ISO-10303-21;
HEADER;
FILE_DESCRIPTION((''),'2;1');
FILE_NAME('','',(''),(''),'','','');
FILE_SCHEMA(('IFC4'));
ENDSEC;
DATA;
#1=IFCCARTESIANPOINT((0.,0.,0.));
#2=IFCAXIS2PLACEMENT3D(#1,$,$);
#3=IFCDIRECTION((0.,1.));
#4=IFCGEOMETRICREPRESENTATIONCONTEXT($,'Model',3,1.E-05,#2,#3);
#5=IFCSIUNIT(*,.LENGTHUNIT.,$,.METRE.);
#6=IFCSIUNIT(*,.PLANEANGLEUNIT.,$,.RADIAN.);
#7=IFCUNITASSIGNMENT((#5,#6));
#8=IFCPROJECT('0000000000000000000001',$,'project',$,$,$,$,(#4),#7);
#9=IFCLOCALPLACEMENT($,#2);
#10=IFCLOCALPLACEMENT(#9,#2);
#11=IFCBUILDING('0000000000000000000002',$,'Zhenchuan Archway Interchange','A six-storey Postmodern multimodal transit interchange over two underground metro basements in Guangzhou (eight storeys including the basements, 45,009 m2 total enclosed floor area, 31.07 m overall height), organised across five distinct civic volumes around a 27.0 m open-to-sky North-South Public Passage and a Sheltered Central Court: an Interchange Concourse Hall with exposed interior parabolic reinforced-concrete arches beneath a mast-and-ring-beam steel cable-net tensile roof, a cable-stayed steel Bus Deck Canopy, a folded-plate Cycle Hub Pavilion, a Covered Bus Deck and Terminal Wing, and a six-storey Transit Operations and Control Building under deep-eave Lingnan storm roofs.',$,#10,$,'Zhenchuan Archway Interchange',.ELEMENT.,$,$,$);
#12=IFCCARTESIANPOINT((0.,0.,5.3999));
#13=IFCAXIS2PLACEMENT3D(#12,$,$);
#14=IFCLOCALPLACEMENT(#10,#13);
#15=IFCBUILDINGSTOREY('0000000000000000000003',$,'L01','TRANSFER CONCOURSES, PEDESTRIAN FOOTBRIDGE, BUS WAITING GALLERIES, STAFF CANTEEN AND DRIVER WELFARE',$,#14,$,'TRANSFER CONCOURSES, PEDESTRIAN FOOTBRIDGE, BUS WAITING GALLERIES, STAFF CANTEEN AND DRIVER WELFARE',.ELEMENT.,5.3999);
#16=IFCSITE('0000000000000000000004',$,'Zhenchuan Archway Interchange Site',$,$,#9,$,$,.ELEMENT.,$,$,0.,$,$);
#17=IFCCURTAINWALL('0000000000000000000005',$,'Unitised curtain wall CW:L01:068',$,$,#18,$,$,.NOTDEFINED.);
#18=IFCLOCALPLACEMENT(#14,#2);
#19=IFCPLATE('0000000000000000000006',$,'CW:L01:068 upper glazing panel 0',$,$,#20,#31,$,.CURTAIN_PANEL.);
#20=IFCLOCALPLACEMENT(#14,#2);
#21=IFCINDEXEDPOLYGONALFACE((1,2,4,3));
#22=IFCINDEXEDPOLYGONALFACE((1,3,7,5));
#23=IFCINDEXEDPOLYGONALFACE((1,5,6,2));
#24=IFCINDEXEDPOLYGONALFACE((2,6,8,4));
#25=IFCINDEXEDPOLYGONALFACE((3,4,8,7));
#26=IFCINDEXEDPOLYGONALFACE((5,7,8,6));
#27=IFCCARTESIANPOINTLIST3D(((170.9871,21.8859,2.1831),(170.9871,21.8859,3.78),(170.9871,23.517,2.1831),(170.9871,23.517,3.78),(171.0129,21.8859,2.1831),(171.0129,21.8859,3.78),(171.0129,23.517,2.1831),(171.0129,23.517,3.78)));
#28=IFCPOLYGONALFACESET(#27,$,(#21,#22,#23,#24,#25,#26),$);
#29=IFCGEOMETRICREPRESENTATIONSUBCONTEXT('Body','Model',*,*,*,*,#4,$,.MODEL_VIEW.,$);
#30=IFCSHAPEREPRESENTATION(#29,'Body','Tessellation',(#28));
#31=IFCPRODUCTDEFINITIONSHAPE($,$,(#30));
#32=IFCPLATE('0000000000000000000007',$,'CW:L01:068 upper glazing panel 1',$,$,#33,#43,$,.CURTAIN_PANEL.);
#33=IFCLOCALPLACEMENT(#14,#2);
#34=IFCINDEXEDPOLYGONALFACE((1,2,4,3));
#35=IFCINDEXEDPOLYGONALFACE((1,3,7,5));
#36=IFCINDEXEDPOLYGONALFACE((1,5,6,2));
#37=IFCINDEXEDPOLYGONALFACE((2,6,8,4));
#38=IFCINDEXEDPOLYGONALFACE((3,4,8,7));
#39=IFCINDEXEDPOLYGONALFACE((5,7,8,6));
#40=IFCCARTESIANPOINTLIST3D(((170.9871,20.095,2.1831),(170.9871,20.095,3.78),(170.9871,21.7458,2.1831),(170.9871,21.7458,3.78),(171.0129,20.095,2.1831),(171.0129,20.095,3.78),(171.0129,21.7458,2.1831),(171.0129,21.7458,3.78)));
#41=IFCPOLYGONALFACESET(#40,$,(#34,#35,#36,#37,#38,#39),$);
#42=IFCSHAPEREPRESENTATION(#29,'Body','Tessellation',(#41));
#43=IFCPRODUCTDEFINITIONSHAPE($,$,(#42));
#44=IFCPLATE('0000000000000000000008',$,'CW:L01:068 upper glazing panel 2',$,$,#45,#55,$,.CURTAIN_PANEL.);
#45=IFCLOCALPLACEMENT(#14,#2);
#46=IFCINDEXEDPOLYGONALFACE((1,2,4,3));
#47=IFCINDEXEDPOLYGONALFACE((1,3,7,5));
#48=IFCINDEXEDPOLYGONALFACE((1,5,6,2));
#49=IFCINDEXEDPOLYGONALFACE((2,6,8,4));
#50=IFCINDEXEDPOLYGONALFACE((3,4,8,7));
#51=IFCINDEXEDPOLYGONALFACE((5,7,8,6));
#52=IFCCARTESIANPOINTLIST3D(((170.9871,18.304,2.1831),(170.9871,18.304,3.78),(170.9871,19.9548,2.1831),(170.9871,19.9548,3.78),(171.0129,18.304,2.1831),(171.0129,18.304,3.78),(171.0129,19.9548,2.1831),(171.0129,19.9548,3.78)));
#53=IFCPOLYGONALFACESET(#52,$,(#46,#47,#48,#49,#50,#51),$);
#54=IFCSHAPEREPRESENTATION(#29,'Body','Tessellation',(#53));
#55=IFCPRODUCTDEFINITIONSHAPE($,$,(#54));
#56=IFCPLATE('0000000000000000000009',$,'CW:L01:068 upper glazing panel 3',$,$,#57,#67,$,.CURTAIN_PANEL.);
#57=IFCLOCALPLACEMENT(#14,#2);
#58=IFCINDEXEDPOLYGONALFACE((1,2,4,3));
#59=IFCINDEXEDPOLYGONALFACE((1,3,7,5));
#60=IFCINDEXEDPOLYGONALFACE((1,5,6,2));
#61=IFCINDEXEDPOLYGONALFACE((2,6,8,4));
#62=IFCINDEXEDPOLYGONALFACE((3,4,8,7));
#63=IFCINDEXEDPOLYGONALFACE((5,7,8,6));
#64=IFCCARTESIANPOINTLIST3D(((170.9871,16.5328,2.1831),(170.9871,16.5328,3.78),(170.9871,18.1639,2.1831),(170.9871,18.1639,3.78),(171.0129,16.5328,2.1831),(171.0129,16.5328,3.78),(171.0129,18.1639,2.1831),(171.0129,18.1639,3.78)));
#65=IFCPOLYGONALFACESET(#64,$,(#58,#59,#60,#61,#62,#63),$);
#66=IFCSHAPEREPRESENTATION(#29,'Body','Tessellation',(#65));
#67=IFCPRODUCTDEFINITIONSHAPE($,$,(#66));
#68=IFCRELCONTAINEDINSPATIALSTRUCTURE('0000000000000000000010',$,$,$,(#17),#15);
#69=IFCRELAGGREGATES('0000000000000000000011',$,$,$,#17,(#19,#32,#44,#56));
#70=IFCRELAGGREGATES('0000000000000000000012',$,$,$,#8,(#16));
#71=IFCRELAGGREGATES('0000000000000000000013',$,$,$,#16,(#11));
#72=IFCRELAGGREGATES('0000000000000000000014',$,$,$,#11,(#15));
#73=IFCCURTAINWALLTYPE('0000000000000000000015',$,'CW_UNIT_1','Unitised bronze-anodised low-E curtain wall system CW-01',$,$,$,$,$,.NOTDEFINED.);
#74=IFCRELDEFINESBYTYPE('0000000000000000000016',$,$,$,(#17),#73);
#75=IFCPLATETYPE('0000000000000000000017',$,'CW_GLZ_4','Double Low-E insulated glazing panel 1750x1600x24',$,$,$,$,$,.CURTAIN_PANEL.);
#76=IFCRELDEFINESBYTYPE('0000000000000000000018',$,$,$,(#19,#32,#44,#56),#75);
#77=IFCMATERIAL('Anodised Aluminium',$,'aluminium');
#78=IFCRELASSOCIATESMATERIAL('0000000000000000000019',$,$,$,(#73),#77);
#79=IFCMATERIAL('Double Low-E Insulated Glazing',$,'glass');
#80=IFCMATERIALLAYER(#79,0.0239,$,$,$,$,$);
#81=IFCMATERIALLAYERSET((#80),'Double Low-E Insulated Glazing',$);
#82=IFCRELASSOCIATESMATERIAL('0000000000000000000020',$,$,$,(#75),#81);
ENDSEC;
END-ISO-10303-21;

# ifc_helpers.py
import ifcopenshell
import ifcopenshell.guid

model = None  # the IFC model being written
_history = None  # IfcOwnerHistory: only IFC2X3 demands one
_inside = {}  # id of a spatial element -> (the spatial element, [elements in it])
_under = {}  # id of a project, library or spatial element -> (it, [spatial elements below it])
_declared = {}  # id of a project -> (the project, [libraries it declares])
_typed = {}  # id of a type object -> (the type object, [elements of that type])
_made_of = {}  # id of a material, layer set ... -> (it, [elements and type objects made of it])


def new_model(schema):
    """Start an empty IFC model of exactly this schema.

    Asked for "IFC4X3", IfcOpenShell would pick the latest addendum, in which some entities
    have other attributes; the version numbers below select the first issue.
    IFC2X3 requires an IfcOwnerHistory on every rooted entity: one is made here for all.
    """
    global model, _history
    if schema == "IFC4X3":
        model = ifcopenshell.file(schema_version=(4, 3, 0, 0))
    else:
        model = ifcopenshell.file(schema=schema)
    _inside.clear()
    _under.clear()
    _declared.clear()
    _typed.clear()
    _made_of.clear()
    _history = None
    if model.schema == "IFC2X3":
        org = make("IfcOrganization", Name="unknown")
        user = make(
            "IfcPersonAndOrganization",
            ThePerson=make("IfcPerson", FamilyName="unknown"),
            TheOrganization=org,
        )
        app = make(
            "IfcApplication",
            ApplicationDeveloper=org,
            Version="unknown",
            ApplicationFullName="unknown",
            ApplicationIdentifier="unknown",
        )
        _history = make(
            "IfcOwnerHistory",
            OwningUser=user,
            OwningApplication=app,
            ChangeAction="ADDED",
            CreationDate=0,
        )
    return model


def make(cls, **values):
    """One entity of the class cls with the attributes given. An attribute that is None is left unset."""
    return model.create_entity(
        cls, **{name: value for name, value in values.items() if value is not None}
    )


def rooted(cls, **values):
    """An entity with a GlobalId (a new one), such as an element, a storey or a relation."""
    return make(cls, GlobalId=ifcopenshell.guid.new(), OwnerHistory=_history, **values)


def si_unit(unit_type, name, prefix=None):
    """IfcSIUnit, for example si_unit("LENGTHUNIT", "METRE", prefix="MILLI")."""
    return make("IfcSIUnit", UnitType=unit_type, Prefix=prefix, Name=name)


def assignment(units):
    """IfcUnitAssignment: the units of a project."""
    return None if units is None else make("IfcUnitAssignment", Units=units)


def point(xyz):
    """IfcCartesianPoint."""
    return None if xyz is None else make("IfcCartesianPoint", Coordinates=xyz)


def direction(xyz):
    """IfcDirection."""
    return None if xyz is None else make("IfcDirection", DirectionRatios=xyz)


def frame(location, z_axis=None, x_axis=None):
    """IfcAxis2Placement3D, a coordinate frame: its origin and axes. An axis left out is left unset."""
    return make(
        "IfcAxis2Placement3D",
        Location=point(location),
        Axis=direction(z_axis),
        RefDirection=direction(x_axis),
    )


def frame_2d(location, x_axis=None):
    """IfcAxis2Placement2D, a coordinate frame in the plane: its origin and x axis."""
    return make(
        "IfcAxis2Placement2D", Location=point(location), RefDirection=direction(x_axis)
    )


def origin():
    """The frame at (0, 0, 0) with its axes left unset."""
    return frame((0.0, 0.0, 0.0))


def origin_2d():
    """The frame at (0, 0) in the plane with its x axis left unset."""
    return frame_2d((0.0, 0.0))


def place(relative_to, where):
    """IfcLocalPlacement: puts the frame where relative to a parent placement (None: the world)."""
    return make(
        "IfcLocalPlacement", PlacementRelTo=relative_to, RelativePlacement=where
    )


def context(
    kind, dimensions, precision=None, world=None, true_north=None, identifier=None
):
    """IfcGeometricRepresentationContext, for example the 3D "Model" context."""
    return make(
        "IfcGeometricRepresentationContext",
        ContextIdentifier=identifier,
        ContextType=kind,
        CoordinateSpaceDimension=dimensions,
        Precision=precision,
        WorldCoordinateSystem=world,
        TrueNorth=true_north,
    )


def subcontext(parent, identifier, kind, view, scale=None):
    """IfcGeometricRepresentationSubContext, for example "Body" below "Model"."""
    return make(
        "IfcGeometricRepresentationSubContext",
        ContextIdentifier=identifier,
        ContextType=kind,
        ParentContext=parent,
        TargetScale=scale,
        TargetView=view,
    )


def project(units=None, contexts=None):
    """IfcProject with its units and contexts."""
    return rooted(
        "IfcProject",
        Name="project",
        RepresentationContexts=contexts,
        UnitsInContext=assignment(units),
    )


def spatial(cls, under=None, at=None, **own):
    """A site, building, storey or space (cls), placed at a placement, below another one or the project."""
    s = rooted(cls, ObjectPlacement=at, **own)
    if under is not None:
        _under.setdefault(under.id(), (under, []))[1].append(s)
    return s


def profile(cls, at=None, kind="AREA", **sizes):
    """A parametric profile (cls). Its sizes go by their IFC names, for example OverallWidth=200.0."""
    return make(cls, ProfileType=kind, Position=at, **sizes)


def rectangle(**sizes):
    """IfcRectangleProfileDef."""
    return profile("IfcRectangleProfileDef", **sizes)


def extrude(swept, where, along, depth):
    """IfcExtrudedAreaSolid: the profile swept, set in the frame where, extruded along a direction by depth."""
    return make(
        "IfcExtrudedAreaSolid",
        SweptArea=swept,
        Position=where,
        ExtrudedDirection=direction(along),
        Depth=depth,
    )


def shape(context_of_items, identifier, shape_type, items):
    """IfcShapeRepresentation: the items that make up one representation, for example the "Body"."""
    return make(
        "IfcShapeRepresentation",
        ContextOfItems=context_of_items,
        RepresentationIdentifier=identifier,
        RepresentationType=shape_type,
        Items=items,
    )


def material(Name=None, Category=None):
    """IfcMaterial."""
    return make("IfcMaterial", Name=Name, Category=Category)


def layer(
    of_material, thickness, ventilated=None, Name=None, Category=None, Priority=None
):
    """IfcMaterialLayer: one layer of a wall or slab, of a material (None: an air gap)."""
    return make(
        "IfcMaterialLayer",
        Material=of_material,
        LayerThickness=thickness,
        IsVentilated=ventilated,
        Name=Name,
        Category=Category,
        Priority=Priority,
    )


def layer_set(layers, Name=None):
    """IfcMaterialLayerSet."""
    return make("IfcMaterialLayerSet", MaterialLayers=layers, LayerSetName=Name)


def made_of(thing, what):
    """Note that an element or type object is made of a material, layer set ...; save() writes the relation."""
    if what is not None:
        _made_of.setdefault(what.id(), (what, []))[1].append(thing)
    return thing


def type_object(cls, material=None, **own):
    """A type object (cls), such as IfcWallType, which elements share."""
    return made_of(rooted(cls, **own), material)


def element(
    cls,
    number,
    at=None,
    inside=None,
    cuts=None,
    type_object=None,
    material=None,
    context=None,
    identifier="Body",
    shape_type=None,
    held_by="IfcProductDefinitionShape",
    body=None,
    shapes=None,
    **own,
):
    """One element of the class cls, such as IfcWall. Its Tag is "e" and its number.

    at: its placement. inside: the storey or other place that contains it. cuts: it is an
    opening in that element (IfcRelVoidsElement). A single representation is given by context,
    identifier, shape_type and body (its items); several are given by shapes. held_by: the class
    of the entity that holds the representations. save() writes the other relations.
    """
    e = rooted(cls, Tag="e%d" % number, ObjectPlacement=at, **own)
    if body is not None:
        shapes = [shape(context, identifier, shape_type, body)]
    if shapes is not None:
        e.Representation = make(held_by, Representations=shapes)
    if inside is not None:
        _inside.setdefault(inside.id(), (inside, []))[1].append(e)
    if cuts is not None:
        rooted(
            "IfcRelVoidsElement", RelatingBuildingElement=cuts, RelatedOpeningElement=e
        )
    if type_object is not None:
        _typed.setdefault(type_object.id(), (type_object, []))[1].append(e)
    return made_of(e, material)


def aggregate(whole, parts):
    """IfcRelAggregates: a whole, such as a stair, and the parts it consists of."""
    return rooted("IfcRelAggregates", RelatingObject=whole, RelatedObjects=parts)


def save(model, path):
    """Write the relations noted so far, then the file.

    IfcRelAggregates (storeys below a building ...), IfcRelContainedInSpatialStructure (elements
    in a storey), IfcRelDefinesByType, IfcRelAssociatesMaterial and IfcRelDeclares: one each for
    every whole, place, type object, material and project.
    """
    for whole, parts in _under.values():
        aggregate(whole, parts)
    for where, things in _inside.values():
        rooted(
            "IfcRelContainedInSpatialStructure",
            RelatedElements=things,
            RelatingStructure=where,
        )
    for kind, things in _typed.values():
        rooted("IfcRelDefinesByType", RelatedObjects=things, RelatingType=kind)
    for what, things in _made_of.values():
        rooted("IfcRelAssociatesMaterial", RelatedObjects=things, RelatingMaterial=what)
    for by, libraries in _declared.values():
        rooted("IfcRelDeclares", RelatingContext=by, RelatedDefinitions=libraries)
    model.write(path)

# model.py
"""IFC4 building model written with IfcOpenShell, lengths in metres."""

from ifc_helpers import new_model, si_unit, direction, frame, origin, origin_2d, place, context, subcontext, project, spatial, rectangle, extrude, material, layer, layer_set, type_object, element, aggregate, save


model = new_model("IFC4")

# Units and contexts
model_context = context("Model", 3, precision=1e-05, world=origin(), true_north=direction((0.0, 1.0)))
body_context = subcontext(model_context, "Body", "Model", "MODEL_VIEW")
ifc_project = project(units=[si_unit("LENGTHUNIT", "METRE"), si_unit("PLANEANGLEUNIT", "RADIAN")], contexts=[model_context])

# Site, building, storey
site_placement = place(None, origin())
site = spatial("IfcSite", under=ifc_project, at=site_placement, Name="Zhenchuan Archway Interchange Site", CompositionType="ELEMENT", RefElevation=0.0)
building_placement = place(site_placement, origin())
building = spatial("IfcBuilding", under=site, at=building_placement, Name="Zhenchuan Archway Interchange", Description="A six-storey Postmodern multimodal transit interchange over two underground metro basements in Guangzhou (eight storeys including the basements, 45,009 m2 total enclosed floor area, 31.07 m overall height), organised across five distinct civic volumes around a 27.0 m open-to-sky North-South Public Passage and a Sheltered Central Court: an Interchange Concourse Hall with exposed interior parabolic reinforced-concrete arches beneath a mast-and-ring-beam steel cable-net tensile roof, a cable-stayed steel Bus Deck Canopy, a folded-plate Cycle Hub Pavilion, a Covered Bus Deck and Terminal Wing, and a six-storey Transit Operations and Control Building under deep-eave Lingnan storm roofs.", LongName="Zhenchuan Archway Interchange", CompositionType="ELEMENT")
storey_placement = place(building_placement, frame((0.0, 0.0, 5.3999)))
storey = spatial("IfcBuildingStorey", under=building, at=storey_placement, Name="L01", Description="TRANSFER CONCOURSES, PEDESTRIAN FOOTBRIDGE, BUS WAITING GALLERIES, STAFF CANTEEN AND DRIVER WELFARE", LongName="TRANSFER CONCOURSES, PEDESTRIAN FOOTBRIDGE, BUS WAITING GALLERIES, STAFF CANTEEN AND DRIVER WELFARE", CompositionType="ELEMENT", Elevation=5.3999)

# Curtain wall
ifc_material_1 = material(Name="Anodised Aluminium", Category="aluminium")
curtain_wall_type = type_object("IfcCurtainWallType", Name="CW_UNIT_1", Description="Unitised bronze-anodised low-E curtain wall system CW-01", PredefinedType="NOTDEFINED", material=ifc_material_1)
curtain_wall_placement = place(storey_placement, origin())
curtain_wall = element("IfcCurtainWall", 1, at=curtain_wall_placement, inside=storey, type_object=curtain_wall_type, Name="Unitised curtain wall CW:L01:068", PredefinedType="NOTDEFINED")

# Plates
ifc_material_2 = material(Name="Double Low-E Insulated Glazing", Category="glass")
ifc_layer_1 = layer(ifc_material_2, 0.0239)
ifc_layer_set_1 = layer_set([ifc_layer_1], Name="Double Low-E Insulated Glazing")
plate_type_1 = type_object("IfcPlateType", Name="CW_GLZ_4", Description="Double Low-E insulated glazing panel 1750x1600x24", PredefinedType="CURTAIN_PANEL", material=ifc_layer_set_1)
plate_1_placement = place(storey_placement, frame((171.0, 22.7014, 2.1831), z_axis=(0.0, 0.0, 1.0), x_axis=(0.0, -1.0, 0.0)))
plate_1 = element("IfcPlate", 2, at=plate_1_placement, type_object=plate_type_1, Name="CW:L01:068 upper glazing panel 0", PredefinedType="CURTAIN_PANEL", context=body_context, shape_type="SweptSolid", body=[
    extrude(rectangle(XDim=1.6311, YDim=0.0259, at=origin_2d()), origin(), (0.0, 0.0, 1.0), 1.5969),
])
plate_2_placement = place(storey_placement, frame((171.0, 20.9204, 2.1831), z_axis=(0.0, 0.0, 1.0), x_axis=(0.0, -1.0, 0.0)))
plate_2 = element("IfcPlate", 3, at=plate_2_placement, type_object=plate_type_1, Name="CW:L01:068 upper glazing panel 1", PredefinedType="CURTAIN_PANEL", context=body_context, shape_type="SweptSolid", body=[
    extrude(rectangle(XDim=1.6509, YDim=0.0259, at=origin_2d()), origin(), (0.0, 0.0, 1.0), 1.5969),
])
plate_3_placement = place(storey_placement, frame((171.0, 19.1294, 2.1831), z_axis=(0.0, 0.0, 1.0), x_axis=(0.0, -1.0, 0.0)))
plate_3 = element("IfcPlate", 4, at=plate_3_placement, type_object=plate_type_1, Name="CW:L01:068 upper glazing panel 2", PredefinedType="CURTAIN_PANEL", context=body_context, shape_type="SweptSolid", body=[
    extrude(rectangle(XDim=1.6509, YDim=0.0259, at=origin_2d()), origin(), (0.0, 0.0, 1.0), 1.5969),
])
plate_4_placement = place(storey_placement, frame((171.0, 17.3484, 2.1831), z_axis=(0.0, 0.0, 1.0), x_axis=(0.0, -1.0, 0.0)))
plate_4 = element("IfcPlate", 5, at=plate_4_placement, type_object=plate_type_1, Name="CW:L01:068 upper glazing panel 3", PredefinedType="CURTAIN_PANEL", context=body_context, shape_type="SweptSolid", body=[
    extrude(rectangle(XDim=1.6311, YDim=0.0259, at=origin_2d()), origin(), (0.0, 0.0, 1.0), 1.5969),
])
aggregate(curtain_wall, [plate_1, plate_2, plate_3, plate_4])

save(model, "model.ifc")
